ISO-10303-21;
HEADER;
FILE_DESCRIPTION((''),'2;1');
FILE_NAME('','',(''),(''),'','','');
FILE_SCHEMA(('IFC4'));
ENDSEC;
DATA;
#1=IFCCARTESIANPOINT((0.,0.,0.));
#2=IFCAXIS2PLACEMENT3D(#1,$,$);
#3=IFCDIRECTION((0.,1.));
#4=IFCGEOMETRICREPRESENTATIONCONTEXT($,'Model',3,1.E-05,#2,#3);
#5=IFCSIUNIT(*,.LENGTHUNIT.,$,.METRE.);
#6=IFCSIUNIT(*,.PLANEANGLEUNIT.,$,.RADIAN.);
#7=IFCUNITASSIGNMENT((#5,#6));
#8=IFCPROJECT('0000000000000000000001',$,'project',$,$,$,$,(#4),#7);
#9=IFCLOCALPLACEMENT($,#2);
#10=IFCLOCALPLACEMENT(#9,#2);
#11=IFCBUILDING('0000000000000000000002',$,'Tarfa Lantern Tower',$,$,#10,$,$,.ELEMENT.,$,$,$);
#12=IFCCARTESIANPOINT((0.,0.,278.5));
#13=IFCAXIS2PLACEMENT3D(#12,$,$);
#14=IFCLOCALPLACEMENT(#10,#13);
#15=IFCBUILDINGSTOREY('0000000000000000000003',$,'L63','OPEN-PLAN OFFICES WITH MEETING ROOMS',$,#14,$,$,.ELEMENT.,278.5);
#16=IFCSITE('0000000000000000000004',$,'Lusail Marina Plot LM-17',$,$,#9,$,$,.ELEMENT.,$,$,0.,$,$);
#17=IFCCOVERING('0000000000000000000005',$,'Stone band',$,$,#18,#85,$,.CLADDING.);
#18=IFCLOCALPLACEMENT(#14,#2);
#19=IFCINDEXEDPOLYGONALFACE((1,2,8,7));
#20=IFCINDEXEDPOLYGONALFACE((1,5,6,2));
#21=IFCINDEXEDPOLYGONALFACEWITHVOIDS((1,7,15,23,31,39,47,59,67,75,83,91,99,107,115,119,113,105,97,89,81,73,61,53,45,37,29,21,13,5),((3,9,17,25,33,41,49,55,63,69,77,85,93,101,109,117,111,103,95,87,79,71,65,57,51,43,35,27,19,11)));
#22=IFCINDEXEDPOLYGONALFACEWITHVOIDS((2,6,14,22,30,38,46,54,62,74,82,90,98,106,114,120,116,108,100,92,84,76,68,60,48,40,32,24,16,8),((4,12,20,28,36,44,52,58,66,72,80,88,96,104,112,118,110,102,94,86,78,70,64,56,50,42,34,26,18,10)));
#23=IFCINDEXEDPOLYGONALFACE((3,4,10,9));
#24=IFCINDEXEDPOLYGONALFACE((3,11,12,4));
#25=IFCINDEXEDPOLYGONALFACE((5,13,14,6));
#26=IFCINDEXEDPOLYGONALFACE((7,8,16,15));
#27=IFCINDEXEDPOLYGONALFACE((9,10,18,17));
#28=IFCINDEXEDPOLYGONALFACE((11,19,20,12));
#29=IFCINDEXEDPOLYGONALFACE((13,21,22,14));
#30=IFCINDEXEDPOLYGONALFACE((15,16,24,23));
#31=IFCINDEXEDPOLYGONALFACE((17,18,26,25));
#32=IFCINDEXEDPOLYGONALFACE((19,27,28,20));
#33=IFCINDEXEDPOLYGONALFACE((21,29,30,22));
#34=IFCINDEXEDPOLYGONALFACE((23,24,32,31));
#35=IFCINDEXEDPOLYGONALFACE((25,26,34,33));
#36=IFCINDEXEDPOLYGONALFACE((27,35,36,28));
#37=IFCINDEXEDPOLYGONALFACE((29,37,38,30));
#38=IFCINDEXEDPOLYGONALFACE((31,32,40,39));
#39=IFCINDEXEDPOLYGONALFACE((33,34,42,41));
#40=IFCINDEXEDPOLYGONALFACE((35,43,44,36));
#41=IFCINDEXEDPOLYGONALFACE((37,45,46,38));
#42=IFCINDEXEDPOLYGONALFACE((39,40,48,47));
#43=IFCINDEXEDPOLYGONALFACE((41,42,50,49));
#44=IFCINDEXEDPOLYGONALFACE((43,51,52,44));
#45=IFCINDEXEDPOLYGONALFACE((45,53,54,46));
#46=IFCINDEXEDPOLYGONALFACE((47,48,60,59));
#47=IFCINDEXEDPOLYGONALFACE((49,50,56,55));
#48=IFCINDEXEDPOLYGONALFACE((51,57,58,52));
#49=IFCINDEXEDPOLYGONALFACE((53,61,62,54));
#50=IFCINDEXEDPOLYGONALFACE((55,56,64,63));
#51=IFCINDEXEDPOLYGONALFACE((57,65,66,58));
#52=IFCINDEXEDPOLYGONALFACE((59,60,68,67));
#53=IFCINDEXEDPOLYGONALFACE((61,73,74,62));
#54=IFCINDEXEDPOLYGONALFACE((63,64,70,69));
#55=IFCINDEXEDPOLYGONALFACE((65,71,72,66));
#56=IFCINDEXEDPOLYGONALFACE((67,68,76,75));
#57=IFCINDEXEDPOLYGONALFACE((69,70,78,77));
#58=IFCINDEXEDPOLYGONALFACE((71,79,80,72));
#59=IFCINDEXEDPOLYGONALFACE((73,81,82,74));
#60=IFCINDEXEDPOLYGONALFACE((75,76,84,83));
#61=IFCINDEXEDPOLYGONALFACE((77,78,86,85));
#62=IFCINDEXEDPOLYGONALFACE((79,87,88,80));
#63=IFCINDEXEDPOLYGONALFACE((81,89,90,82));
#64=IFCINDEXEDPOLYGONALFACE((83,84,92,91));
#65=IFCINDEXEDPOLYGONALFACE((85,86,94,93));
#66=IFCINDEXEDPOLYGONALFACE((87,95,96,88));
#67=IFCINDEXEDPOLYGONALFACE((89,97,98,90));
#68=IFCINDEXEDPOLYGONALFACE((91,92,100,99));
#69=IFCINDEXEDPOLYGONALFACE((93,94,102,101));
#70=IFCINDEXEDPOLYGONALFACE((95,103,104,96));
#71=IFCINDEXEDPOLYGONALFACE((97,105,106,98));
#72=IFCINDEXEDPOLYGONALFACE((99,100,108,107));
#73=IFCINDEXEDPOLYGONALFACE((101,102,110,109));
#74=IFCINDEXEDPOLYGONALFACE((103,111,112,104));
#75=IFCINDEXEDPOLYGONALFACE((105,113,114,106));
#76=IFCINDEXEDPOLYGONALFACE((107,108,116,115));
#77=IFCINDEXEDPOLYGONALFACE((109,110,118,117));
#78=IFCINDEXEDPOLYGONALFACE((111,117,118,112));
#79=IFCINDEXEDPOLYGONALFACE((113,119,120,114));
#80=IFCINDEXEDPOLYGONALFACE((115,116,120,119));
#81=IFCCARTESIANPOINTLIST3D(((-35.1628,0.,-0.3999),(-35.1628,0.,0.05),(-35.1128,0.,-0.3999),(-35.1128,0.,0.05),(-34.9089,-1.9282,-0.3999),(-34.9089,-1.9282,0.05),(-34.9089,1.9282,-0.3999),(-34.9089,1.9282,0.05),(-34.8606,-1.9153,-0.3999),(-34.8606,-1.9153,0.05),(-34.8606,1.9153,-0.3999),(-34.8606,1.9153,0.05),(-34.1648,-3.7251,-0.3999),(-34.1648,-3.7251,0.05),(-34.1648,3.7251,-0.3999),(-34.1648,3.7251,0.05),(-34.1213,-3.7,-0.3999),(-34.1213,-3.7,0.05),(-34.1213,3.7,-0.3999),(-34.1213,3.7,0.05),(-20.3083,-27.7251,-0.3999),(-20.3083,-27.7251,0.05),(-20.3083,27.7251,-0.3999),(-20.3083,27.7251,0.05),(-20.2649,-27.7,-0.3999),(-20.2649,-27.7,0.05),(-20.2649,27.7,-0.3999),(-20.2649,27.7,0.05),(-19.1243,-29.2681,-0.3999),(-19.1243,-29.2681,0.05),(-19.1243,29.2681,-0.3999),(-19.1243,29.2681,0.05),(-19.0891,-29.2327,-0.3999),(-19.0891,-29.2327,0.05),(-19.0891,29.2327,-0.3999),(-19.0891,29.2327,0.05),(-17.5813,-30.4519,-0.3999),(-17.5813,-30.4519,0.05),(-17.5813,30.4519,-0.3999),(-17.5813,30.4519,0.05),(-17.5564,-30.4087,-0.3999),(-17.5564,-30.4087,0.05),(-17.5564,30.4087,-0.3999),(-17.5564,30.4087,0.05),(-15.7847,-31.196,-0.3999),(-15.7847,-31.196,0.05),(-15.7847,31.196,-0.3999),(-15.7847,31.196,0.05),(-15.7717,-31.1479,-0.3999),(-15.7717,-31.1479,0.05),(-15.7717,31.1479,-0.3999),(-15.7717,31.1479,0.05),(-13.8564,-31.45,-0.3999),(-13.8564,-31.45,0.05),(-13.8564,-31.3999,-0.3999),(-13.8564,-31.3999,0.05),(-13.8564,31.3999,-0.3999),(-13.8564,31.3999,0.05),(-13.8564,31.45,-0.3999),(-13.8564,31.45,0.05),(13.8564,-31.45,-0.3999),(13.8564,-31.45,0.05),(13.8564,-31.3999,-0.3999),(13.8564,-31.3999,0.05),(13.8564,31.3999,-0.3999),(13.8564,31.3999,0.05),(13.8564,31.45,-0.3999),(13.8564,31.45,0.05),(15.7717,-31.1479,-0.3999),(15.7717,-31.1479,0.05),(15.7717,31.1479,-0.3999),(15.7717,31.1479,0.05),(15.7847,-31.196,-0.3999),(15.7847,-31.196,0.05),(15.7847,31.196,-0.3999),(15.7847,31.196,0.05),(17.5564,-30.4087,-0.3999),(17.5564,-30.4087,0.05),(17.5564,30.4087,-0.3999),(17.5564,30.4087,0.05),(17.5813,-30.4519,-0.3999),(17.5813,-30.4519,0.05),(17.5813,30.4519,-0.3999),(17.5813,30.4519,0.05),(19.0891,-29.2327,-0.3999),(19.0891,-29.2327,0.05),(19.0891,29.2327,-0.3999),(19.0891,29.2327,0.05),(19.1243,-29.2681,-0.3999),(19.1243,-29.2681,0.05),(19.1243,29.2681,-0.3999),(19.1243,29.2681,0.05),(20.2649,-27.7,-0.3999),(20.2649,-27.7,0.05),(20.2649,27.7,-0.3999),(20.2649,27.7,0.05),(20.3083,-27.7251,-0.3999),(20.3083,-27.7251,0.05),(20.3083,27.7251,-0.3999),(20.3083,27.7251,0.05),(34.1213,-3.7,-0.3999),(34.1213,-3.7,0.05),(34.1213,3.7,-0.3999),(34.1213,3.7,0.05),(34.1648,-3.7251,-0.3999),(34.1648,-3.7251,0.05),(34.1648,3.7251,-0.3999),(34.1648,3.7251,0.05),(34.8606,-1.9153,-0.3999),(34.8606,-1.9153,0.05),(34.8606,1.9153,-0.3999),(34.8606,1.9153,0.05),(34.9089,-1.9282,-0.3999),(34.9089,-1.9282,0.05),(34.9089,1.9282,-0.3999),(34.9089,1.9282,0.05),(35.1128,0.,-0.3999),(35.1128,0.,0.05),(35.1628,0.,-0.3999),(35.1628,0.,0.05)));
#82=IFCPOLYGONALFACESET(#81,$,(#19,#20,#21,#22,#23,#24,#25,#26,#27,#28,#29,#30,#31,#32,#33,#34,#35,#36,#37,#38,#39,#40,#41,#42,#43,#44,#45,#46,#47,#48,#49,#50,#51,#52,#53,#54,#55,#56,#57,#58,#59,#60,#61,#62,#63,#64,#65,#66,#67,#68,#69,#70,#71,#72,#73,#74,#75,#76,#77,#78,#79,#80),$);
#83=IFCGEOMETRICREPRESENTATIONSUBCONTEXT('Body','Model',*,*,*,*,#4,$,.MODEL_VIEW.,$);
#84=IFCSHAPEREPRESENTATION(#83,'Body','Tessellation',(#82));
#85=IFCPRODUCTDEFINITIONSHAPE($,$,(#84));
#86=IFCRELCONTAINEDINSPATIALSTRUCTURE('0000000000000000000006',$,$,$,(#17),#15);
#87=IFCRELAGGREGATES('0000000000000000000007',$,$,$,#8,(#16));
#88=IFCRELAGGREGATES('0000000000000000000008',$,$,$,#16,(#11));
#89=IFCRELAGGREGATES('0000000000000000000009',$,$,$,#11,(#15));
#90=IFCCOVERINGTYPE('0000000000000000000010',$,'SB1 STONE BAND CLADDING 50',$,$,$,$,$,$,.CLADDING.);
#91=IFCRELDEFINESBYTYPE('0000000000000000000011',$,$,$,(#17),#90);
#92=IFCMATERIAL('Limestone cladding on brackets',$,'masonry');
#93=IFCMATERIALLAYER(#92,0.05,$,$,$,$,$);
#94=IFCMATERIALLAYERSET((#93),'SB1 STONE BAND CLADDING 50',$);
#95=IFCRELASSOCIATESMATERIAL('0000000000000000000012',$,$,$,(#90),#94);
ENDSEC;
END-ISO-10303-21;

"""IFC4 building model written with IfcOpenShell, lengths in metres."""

from ifc_helpers import new_model, si_unit, direction, frame, origin, place, context, subcontext, project, spatial, polyline, outline, extrude, material, layer, layer_set, type_object, element, save


model = new_model("IFC4")

# Units and contexts
model_context = context("Model", 3, precision=1e-05, world=origin(), true_north=direction((0.0, 1.0)))
body_context = subcontext(model_context, "Body", "Model", "MODEL_VIEW")
ifc_project = project(units=[si_unit("LENGTHUNIT", "METRE"), si_unit("PLANEANGLEUNIT", "RADIAN")], contexts=[model_context])

# Site, building, storey
site_placement = place(None, origin())
site = spatial("IfcSite", under=ifc_project, at=site_placement, Name="Lusail Marina Plot LM-17", CompositionType="ELEMENT", RefElevation=0.0)
building_placement = place(site_placement, origin())
building = spatial("IfcBuilding", under=site, at=building_placement, Name="Tarfa Lantern Tower", CompositionType="ELEMENT")
storey_placement = place(building_placement, frame((0.0, 0.0, 278.5)))
storey = spatial("IfcBuildingStorey", under=building, at=storey_placement, Name="L63", Description="OPEN-PLAN OFFICES WITH MEETING ROOMS", CompositionType="ELEMENT", Elevation=278.5)

# Covering
ifc_material_1 = material(Name="Limestone cladding on brackets", Category="masonry")
ifc_layer_1 = layer(ifc_material_1, 0.05)
ifc_layer_set_1 = layer_set([ifc_layer_1], Name="SB1 STONE BAND CLADDING 50")
covering_type_1 = type_object("IfcCoveringType", Name="SB1 STONE BAND CLADDING 50", PredefinedType="CLADDING", material=ifc_layer_set_1)
covering_1_placement = place(storey_placement, frame((0.0, 0.0, -0.3999)))
element("IfcCovering", 1, at=covering_1_placement, inside=storey, type_object=covering_type_1, Name="Stone band", PredefinedType="CLADDING", context=body_context, shape_type="SweptSolid", body=[
    extrude(outline(polyline([(34.1648, 3.7251), (20.3083, 27.7251), (19.1243, 29.2681), (17.5813, 30.4519), (15.7847, 31.196), (13.8564, 31.45), (-13.8564, 31.45), (-15.7847, 31.196), (-17.5813, 30.4519), (-19.1243, 29.2681), (-20.3083, 27.7251), (-34.1648, 3.7251), (-34.9089, 1.9282), (-35.1628, 0.0), (-34.9089, -1.9282), (-34.1648, -3.7251), (-20.3083, -27.7251), (-19.1243, -29.2681), (-17.5813, -30.4519), (-15.7847, -31.196), (-13.8564, -31.45), (13.8564, -31.45), (15.7847, -31.196), (17.5813, -30.4519), (19.1243, -29.2681), (20.3083, -27.7251), (34.1648, -3.7251), (34.9089, -1.9282), (35.1628, 0.0), (34.9089, 1.9282), (34.1648, 3.7251)]), holes=[polyline([(34.1213, 3.7), (20.2649, 27.7), (19.0891, 29.2327), (17.5564, 30.4087), (15.7717, 31.1479), (13.8564, 31.3999), (-13.8564, 31.3999), (-15.7717, 31.1479), (-17.5564, 30.4087), (-19.0891, 29.2327), (-20.2649, 27.7), (-34.1213, 3.7), (-34.8606, 1.9153), (-35.1128, 0.0), (-34.8606, -1.9153), (-34.1213, -3.7), (-20.2649, -27.7), (-19.0891, -29.2327), (-17.5564, -30.4087), (-15.7717, -31.1479), (-13.8564, -31.3999), (13.8564, -31.3999), (15.7717, -31.1479), (17.5564, -30.4087), (19.0891, -29.2327), (20.2649, -27.7), (34.1213, -3.7), (34.8606, -1.9153), (35.1128, 0.0), (34.8606, 1.9153), (34.1213, 3.7)])]), origin(), (0.0, 0.0, 1.0), 0.45),
])

save(model, "model.ifc")
